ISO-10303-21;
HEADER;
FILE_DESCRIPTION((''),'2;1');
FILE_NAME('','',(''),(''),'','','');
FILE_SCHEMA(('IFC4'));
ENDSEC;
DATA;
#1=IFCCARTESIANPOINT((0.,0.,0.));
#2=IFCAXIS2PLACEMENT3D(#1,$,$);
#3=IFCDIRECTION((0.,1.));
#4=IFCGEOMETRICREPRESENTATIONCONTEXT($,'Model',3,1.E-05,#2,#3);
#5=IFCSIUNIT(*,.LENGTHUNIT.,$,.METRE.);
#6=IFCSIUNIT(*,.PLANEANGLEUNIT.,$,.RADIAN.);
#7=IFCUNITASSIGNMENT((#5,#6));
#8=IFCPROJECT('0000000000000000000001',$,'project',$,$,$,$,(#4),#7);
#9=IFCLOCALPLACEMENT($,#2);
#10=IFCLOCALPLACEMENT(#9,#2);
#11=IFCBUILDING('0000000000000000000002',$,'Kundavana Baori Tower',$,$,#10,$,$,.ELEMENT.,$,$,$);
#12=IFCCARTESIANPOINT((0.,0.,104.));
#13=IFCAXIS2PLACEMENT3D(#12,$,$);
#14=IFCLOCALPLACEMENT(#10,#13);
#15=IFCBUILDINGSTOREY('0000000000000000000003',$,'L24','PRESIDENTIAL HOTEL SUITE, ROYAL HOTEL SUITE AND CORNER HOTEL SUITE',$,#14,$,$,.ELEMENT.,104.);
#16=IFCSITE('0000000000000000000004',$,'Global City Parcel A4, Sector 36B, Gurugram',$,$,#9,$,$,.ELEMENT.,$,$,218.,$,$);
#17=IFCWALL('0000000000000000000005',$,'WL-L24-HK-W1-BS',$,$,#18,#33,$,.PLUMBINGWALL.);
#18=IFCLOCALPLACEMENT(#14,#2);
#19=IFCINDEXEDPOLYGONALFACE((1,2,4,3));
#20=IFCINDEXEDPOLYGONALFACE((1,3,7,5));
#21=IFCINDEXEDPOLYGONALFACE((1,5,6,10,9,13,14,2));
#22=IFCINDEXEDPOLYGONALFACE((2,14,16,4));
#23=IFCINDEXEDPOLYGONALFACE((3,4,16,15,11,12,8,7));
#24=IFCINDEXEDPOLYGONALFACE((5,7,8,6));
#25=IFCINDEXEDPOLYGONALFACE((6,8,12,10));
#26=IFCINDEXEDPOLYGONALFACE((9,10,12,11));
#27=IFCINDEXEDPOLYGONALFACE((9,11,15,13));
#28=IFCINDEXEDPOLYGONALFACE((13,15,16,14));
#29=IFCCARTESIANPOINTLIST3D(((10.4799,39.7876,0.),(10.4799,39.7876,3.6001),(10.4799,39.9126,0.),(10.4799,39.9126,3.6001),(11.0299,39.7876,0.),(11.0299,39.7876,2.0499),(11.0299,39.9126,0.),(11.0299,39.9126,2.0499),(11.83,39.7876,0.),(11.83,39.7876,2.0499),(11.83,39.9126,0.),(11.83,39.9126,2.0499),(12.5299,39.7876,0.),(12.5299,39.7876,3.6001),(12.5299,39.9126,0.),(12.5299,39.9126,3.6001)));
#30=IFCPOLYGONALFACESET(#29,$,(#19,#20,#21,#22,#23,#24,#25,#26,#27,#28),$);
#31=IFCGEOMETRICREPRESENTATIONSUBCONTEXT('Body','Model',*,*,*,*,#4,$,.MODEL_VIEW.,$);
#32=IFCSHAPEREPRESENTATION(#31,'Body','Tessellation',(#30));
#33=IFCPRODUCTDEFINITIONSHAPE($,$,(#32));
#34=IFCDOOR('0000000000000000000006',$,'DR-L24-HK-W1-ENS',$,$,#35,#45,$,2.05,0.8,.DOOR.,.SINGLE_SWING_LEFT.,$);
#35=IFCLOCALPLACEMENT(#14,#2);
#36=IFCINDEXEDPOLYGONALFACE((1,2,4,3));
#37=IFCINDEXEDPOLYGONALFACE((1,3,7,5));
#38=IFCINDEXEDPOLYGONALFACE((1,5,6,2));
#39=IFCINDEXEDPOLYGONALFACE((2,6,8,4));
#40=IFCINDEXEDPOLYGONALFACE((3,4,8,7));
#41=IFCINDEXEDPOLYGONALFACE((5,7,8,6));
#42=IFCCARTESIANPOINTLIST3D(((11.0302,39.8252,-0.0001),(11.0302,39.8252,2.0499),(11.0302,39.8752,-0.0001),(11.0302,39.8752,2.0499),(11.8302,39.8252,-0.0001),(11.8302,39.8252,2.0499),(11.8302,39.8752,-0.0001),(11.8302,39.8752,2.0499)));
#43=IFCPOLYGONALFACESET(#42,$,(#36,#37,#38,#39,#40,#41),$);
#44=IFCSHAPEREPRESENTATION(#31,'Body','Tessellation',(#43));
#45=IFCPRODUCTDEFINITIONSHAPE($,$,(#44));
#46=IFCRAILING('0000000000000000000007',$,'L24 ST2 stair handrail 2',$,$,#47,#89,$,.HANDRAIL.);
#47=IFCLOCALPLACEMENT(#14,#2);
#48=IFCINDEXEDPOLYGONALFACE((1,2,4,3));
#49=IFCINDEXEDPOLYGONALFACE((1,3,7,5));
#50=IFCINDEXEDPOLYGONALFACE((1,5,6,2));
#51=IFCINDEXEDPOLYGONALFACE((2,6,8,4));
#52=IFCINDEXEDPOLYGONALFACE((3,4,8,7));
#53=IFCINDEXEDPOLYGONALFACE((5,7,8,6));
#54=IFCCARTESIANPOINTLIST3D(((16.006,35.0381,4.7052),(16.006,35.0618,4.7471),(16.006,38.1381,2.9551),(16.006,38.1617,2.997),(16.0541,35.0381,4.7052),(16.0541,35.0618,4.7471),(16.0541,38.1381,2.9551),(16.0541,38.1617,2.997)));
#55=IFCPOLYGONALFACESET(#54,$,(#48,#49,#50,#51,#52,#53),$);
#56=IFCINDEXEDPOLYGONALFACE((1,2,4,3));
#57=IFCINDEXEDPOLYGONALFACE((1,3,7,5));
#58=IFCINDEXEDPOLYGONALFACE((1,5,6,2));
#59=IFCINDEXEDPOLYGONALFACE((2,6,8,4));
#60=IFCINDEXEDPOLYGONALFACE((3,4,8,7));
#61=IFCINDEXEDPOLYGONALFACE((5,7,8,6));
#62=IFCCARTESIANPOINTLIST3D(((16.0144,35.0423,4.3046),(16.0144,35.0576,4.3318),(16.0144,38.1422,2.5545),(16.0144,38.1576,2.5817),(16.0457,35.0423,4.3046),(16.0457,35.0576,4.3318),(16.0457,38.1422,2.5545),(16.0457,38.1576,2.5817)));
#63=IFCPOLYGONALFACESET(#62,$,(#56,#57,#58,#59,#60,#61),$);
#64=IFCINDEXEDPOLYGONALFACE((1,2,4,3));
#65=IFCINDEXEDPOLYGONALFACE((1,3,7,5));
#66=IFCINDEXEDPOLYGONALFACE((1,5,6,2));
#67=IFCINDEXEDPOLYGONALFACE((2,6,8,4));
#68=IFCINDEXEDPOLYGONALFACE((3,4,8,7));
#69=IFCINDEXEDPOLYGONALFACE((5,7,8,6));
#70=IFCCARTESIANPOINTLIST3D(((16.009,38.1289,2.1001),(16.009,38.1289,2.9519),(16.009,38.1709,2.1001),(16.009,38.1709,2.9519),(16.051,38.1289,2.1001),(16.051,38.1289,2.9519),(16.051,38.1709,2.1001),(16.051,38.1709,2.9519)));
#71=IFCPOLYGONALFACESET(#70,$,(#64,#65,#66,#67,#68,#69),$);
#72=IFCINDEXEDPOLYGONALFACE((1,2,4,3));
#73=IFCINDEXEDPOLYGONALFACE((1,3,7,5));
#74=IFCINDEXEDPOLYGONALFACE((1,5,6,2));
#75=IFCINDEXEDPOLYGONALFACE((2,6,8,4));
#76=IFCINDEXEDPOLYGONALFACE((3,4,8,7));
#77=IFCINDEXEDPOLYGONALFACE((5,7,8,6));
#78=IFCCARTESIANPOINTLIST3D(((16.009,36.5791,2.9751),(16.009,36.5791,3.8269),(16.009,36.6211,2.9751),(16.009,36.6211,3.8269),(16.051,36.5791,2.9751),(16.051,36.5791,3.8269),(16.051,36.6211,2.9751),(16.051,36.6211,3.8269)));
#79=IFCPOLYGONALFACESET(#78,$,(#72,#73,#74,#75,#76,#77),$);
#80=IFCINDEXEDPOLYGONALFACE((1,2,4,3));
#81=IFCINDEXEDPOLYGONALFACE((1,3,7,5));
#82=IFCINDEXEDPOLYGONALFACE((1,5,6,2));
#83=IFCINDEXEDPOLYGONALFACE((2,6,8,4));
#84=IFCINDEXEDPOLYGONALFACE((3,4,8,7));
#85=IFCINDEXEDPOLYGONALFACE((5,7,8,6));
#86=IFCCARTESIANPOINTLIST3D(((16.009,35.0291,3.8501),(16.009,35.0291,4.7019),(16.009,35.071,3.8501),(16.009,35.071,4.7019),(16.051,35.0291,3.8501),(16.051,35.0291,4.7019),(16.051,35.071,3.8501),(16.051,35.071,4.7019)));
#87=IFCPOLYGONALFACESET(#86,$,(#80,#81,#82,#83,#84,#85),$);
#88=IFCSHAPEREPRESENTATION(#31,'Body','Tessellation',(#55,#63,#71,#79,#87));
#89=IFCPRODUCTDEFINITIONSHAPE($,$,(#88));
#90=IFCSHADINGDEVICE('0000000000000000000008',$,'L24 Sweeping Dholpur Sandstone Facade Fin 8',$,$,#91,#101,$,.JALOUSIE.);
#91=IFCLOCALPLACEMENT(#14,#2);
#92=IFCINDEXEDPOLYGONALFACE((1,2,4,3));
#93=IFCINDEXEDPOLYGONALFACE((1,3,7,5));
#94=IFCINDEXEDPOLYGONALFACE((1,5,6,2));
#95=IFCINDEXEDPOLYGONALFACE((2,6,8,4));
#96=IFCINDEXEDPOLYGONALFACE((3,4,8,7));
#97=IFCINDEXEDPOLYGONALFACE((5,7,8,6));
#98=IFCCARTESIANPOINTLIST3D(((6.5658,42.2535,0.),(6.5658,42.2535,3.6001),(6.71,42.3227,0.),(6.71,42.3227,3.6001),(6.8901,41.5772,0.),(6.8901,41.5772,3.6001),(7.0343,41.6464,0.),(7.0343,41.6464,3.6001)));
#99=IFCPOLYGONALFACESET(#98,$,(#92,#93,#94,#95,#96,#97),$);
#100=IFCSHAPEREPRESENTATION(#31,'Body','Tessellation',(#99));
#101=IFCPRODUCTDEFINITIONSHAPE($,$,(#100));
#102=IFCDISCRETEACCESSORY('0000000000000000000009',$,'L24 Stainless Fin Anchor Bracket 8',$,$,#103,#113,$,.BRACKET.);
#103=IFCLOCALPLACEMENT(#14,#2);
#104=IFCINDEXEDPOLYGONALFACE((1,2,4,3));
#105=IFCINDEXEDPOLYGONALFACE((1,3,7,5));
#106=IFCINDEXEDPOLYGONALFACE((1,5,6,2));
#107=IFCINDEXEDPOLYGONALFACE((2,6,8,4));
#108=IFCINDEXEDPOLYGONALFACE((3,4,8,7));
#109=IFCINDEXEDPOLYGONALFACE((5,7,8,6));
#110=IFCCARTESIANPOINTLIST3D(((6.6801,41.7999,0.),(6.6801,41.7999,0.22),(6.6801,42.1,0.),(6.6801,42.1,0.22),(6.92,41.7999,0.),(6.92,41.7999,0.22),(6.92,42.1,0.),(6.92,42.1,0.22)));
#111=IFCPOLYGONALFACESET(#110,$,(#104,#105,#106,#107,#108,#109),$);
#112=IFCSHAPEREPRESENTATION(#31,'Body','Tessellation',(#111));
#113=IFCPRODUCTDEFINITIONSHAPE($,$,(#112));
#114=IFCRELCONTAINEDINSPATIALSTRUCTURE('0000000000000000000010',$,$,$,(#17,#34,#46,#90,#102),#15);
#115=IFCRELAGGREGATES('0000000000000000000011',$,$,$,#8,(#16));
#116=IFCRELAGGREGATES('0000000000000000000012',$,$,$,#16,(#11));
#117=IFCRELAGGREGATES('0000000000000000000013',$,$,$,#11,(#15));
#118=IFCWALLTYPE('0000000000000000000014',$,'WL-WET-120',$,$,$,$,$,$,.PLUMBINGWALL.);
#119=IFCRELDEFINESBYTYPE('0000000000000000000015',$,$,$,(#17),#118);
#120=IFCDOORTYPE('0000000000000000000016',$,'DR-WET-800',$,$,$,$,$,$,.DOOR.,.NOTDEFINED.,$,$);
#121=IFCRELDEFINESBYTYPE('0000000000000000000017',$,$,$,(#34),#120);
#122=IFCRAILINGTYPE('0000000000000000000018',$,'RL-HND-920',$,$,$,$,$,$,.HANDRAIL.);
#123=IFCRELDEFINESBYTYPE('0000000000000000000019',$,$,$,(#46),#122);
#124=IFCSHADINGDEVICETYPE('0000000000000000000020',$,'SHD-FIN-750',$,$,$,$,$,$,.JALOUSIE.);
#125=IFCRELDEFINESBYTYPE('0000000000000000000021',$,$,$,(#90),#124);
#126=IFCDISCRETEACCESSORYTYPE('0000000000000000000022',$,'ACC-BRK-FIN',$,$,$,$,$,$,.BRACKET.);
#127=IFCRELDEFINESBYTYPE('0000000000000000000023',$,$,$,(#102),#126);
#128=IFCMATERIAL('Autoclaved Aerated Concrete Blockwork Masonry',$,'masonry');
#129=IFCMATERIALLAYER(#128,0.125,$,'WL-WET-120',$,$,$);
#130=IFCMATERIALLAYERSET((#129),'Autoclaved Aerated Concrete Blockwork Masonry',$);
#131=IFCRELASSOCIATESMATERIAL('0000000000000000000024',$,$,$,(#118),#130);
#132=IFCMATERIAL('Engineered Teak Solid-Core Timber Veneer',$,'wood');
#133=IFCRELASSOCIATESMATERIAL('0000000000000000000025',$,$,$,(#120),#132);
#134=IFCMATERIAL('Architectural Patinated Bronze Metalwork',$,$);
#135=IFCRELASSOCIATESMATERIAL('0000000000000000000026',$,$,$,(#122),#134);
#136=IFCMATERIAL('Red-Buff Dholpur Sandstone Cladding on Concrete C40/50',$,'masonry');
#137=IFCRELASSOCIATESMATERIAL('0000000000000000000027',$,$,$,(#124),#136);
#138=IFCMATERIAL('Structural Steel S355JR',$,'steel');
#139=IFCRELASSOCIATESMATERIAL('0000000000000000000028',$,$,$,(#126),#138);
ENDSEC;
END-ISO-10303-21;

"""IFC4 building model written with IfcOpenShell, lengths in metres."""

from ifc_helpers import new_model, si_unit, direction, frame, frame_2d, origin, origin_2d, place, context, subcontext, project, spatial, rectangle, extrude, material, layer, layer_set, type_object, element, fill, save


model = new_model("IFC4")

# Units and contexts
model_context = context("Model", 3, precision=1e-05, world=origin(), true_north=direction((0.0, 1.0)))
body_context = subcontext(model_context, "Body", "Model", "MODEL_VIEW")
ifc_project = project(units=[si_unit("LENGTHUNIT", "METRE"), si_unit("PLANEANGLEUNIT", "RADIAN")], contexts=[model_context])

# Site, building, storey
site_placement = place(None, origin())
site = spatial("IfcSite", under=ifc_project, at=site_placement, Name="Global City Parcel A4, Sector 36B, Gurugram", CompositionType="ELEMENT", RefElevation=218.0)
building_placement = place(site_placement, origin())
building = spatial("IfcBuilding", under=site, at=building_placement, Name="Kundavana Baori Tower", CompositionType="ELEMENT")
storey_placement = place(building_placement, frame((0.0, 0.0, 104.0)))
storey = spatial("IfcBuildingStorey", under=building, at=storey_placement, Name="L24", Description="PRESIDENTIAL HOTEL SUITE, ROYAL HOTEL SUITE AND CORNER HOTEL SUITE", CompositionType="ELEMENT", Elevation=104.0)

# Shared definitions
ifc_material_1 = material(Name="Autoclaved Aerated Concrete Blockwork Masonry", Category="masonry")
ifc_layer_1 = layer(ifc_material_1, 0.125, Name="WL-WET-120")
ifc_layer_set_1 = layer_set([ifc_layer_1], Name="Autoclaved Aerated Concrete Blockwork Masonry")
wall_type_1 = type_object("IfcWallType", Name="WL-WET-120", PredefinedType="PLUMBINGWALL", material=ifc_layer_set_1)

# Wall, opening, door
wall_1_placement = place(storey_placement, frame((10.48, 39.8501, 0.0), z_axis=(0.0, 0.0, 1.0), x_axis=(1.0, 0.0, 0.0)))
wall_1 = element("IfcWall", 1, at=wall_1_placement, inside=storey, type_object=wall_type_1, Name="WL-L24-HK-W1-BS", PredefinedType="PLUMBINGWALL", context=body_context, shape_type="SweptSolid", body=[
    extrude(rectangle(XDim=2.05, YDim=0.125, at=frame_2d((1.0249, 0.0))), origin(), (0.0, 0.0, 1.0), 3.6001),
])
opening_1_placement = place(wall_1_placement, frame((0.55, 0.0, 0.0)))
opening_1 = element("IfcOpeningElement", 2, at=opening_1_placement, cuts=wall_1, PredefinedType="OPENING", context=body_context, shape_type="SweptSolid", body=[
    extrude(rectangle(XDim=0.8, YDim=2.05, at=frame_2d((0.3999, 1.0249))), frame((0.0, 0.0725, 0.0), z_axis=(0.0, -1.0, 0.0), x_axis=(1.0, 0.0, 0.0)), (0.0, 0.0, 1.0), 0.145),
])
ifc_material_2 = material(Name="Engineered Teak Solid-Core Timber Veneer", Category="wood")
door_type_1 = type_object("IfcDoorType", Name="DR-WET-800", OperationType="NOTDEFINED", PredefinedType="DOOR", material=ifc_material_2)
door_1_placement = place(opening_1_placement, frame((0.8, 0.0, 0.0), z_axis=(0.0, 0.0, 1.0), x_axis=(-1.0, 0.0, 0.0)))
door_1 = element("IfcDoor", 3, at=door_1_placement, inside=storey, type_object=door_type_1, Name="DR-L24-HK-W1-ENS", OperationType="SINGLE_SWING_LEFT", OverallHeight=2.05, OverallWidth=0.8, PredefinedType="DOOR", context=body_context, shape_type="SweptSolid", body=[
    extrude(rectangle(XDim=0.8, YDim=2.05, at=frame_2d((0.3999, 1.0249))), frame((0.0, 0.0249, 0.0), z_axis=(0.0, -1.0, 0.0), x_axis=(1.0, 0.0, 0.0)), (0.0, 0.0, 1.0), 0.05),
])
fill(opening_1, door_1)

# Railing
ifc_material_3 = material(Name="Architectural Patinated Bronze Metalwork")
railing_type_1 = type_object("IfcRailingType", Name="RL-HND-920", PredefinedType="HANDRAIL", material=ifc_material_3)
railing_1_placement = place(storey_placement, frame((16.03, 38.1499, 2.1001)))
element("IfcRailing", 4, at=railing_1_placement, inside=storey, type_object=railing_type_1, Name="L24 ST2 stair handrail 2", PredefinedType="HANDRAIL", context=body_context, shape_type="SweptSolid", body=[
    extrude(rectangle(XDim=0.0481, YDim=0.0481, at=origin_2d()), frame((0.0, 0.0, 0.876), z_axis=(0.0, -0.870814, 0.491612), x_axis=(1.0, 0.0, 0.0)), (0.0, 0.0, 1.0), 3.5598),
    extrude(rectangle(XDim=0.0312, YDim=0.0312, at=origin_2d()), frame((0.0, 0.0, 0.468), z_axis=(0.0, -0.870814, 0.491612), x_axis=(1.0, 0.0, 0.0)), (0.0, 0.0, 1.0), 3.5598),
    extrude(rectangle(XDim=0.042, YDim=0.042, at=origin_2d()), origin(), (0.0, 0.0, 1.0), 0.8518),
    extrude(rectangle(XDim=0.042, YDim=0.042, at=origin_2d()), frame((0.0, -1.5498, 0.875)), (0.0, 0.0, 1.0), 0.8518),
    extrude(rectangle(XDim=0.042, YDim=0.042, at=origin_2d()), frame((0.0, -3.0999, 1.75)), (0.0, 0.0, 1.0), 0.8518),
])

# Shading device
ifc_material_4 = material(Name="Red-Buff Dholpur Sandstone Cladding on Concrete C40/50", Category="masonry")
shading_device_type = type_object("IfcShadingDeviceType", Name="SHD-FIN-750", PredefinedType="JALOUSIE", material=ifc_material_4)
shading_device_placement = place(storey_placement, frame((6.8, 41.95, 0.0), z_axis=(0.0, 0.0, 1.0), x_axis=(0.901682, 0.432401, 0.0)))
element("IfcShadingDevice", 5, at=shading_device_placement, inside=storey, type_object=shading_device_type, Name="L24 Sweeping Dholpur Sandstone Facade Fin 8", PredefinedType="JALOUSIE", context=body_context, shape_type="SweptSolid", body=[
    extrude(rectangle(XDim=0.1599, YDim=0.75, at=origin_2d()), origin(), (0.0, 0.0, 1.0), 3.6001),
])

# Discrete accessory
ifc_material_5 = material(Name="Structural Steel S355JR", Category="steel")
discrete_accessory_type = type_object("IfcDiscreteAccessoryType", Name="ACC-BRK-FIN", PredefinedType="BRACKET", material=ifc_material_5)
discrete_accessory_placement = place(storey_placement, frame((6.8, 41.95, 0.0), z_axis=(0.0, 0.0, 1.0), x_axis=(1.0, 0.0, 0.0)))
element("IfcDiscreteAccessory", 6, at=discrete_accessory_placement, inside=storey, type_object=discrete_accessory_type, Name="L24 Stainless Fin Anchor Bracket 8", PredefinedType="BRACKET", context=body_context, shape_type="SweptSolid", body=[
    extrude(rectangle(XDim=0.24, YDim=0.3, at=origin_2d()), origin(), (0.0, 0.0, 1.0), 0.22),
])

save(model, "model.ifc")
